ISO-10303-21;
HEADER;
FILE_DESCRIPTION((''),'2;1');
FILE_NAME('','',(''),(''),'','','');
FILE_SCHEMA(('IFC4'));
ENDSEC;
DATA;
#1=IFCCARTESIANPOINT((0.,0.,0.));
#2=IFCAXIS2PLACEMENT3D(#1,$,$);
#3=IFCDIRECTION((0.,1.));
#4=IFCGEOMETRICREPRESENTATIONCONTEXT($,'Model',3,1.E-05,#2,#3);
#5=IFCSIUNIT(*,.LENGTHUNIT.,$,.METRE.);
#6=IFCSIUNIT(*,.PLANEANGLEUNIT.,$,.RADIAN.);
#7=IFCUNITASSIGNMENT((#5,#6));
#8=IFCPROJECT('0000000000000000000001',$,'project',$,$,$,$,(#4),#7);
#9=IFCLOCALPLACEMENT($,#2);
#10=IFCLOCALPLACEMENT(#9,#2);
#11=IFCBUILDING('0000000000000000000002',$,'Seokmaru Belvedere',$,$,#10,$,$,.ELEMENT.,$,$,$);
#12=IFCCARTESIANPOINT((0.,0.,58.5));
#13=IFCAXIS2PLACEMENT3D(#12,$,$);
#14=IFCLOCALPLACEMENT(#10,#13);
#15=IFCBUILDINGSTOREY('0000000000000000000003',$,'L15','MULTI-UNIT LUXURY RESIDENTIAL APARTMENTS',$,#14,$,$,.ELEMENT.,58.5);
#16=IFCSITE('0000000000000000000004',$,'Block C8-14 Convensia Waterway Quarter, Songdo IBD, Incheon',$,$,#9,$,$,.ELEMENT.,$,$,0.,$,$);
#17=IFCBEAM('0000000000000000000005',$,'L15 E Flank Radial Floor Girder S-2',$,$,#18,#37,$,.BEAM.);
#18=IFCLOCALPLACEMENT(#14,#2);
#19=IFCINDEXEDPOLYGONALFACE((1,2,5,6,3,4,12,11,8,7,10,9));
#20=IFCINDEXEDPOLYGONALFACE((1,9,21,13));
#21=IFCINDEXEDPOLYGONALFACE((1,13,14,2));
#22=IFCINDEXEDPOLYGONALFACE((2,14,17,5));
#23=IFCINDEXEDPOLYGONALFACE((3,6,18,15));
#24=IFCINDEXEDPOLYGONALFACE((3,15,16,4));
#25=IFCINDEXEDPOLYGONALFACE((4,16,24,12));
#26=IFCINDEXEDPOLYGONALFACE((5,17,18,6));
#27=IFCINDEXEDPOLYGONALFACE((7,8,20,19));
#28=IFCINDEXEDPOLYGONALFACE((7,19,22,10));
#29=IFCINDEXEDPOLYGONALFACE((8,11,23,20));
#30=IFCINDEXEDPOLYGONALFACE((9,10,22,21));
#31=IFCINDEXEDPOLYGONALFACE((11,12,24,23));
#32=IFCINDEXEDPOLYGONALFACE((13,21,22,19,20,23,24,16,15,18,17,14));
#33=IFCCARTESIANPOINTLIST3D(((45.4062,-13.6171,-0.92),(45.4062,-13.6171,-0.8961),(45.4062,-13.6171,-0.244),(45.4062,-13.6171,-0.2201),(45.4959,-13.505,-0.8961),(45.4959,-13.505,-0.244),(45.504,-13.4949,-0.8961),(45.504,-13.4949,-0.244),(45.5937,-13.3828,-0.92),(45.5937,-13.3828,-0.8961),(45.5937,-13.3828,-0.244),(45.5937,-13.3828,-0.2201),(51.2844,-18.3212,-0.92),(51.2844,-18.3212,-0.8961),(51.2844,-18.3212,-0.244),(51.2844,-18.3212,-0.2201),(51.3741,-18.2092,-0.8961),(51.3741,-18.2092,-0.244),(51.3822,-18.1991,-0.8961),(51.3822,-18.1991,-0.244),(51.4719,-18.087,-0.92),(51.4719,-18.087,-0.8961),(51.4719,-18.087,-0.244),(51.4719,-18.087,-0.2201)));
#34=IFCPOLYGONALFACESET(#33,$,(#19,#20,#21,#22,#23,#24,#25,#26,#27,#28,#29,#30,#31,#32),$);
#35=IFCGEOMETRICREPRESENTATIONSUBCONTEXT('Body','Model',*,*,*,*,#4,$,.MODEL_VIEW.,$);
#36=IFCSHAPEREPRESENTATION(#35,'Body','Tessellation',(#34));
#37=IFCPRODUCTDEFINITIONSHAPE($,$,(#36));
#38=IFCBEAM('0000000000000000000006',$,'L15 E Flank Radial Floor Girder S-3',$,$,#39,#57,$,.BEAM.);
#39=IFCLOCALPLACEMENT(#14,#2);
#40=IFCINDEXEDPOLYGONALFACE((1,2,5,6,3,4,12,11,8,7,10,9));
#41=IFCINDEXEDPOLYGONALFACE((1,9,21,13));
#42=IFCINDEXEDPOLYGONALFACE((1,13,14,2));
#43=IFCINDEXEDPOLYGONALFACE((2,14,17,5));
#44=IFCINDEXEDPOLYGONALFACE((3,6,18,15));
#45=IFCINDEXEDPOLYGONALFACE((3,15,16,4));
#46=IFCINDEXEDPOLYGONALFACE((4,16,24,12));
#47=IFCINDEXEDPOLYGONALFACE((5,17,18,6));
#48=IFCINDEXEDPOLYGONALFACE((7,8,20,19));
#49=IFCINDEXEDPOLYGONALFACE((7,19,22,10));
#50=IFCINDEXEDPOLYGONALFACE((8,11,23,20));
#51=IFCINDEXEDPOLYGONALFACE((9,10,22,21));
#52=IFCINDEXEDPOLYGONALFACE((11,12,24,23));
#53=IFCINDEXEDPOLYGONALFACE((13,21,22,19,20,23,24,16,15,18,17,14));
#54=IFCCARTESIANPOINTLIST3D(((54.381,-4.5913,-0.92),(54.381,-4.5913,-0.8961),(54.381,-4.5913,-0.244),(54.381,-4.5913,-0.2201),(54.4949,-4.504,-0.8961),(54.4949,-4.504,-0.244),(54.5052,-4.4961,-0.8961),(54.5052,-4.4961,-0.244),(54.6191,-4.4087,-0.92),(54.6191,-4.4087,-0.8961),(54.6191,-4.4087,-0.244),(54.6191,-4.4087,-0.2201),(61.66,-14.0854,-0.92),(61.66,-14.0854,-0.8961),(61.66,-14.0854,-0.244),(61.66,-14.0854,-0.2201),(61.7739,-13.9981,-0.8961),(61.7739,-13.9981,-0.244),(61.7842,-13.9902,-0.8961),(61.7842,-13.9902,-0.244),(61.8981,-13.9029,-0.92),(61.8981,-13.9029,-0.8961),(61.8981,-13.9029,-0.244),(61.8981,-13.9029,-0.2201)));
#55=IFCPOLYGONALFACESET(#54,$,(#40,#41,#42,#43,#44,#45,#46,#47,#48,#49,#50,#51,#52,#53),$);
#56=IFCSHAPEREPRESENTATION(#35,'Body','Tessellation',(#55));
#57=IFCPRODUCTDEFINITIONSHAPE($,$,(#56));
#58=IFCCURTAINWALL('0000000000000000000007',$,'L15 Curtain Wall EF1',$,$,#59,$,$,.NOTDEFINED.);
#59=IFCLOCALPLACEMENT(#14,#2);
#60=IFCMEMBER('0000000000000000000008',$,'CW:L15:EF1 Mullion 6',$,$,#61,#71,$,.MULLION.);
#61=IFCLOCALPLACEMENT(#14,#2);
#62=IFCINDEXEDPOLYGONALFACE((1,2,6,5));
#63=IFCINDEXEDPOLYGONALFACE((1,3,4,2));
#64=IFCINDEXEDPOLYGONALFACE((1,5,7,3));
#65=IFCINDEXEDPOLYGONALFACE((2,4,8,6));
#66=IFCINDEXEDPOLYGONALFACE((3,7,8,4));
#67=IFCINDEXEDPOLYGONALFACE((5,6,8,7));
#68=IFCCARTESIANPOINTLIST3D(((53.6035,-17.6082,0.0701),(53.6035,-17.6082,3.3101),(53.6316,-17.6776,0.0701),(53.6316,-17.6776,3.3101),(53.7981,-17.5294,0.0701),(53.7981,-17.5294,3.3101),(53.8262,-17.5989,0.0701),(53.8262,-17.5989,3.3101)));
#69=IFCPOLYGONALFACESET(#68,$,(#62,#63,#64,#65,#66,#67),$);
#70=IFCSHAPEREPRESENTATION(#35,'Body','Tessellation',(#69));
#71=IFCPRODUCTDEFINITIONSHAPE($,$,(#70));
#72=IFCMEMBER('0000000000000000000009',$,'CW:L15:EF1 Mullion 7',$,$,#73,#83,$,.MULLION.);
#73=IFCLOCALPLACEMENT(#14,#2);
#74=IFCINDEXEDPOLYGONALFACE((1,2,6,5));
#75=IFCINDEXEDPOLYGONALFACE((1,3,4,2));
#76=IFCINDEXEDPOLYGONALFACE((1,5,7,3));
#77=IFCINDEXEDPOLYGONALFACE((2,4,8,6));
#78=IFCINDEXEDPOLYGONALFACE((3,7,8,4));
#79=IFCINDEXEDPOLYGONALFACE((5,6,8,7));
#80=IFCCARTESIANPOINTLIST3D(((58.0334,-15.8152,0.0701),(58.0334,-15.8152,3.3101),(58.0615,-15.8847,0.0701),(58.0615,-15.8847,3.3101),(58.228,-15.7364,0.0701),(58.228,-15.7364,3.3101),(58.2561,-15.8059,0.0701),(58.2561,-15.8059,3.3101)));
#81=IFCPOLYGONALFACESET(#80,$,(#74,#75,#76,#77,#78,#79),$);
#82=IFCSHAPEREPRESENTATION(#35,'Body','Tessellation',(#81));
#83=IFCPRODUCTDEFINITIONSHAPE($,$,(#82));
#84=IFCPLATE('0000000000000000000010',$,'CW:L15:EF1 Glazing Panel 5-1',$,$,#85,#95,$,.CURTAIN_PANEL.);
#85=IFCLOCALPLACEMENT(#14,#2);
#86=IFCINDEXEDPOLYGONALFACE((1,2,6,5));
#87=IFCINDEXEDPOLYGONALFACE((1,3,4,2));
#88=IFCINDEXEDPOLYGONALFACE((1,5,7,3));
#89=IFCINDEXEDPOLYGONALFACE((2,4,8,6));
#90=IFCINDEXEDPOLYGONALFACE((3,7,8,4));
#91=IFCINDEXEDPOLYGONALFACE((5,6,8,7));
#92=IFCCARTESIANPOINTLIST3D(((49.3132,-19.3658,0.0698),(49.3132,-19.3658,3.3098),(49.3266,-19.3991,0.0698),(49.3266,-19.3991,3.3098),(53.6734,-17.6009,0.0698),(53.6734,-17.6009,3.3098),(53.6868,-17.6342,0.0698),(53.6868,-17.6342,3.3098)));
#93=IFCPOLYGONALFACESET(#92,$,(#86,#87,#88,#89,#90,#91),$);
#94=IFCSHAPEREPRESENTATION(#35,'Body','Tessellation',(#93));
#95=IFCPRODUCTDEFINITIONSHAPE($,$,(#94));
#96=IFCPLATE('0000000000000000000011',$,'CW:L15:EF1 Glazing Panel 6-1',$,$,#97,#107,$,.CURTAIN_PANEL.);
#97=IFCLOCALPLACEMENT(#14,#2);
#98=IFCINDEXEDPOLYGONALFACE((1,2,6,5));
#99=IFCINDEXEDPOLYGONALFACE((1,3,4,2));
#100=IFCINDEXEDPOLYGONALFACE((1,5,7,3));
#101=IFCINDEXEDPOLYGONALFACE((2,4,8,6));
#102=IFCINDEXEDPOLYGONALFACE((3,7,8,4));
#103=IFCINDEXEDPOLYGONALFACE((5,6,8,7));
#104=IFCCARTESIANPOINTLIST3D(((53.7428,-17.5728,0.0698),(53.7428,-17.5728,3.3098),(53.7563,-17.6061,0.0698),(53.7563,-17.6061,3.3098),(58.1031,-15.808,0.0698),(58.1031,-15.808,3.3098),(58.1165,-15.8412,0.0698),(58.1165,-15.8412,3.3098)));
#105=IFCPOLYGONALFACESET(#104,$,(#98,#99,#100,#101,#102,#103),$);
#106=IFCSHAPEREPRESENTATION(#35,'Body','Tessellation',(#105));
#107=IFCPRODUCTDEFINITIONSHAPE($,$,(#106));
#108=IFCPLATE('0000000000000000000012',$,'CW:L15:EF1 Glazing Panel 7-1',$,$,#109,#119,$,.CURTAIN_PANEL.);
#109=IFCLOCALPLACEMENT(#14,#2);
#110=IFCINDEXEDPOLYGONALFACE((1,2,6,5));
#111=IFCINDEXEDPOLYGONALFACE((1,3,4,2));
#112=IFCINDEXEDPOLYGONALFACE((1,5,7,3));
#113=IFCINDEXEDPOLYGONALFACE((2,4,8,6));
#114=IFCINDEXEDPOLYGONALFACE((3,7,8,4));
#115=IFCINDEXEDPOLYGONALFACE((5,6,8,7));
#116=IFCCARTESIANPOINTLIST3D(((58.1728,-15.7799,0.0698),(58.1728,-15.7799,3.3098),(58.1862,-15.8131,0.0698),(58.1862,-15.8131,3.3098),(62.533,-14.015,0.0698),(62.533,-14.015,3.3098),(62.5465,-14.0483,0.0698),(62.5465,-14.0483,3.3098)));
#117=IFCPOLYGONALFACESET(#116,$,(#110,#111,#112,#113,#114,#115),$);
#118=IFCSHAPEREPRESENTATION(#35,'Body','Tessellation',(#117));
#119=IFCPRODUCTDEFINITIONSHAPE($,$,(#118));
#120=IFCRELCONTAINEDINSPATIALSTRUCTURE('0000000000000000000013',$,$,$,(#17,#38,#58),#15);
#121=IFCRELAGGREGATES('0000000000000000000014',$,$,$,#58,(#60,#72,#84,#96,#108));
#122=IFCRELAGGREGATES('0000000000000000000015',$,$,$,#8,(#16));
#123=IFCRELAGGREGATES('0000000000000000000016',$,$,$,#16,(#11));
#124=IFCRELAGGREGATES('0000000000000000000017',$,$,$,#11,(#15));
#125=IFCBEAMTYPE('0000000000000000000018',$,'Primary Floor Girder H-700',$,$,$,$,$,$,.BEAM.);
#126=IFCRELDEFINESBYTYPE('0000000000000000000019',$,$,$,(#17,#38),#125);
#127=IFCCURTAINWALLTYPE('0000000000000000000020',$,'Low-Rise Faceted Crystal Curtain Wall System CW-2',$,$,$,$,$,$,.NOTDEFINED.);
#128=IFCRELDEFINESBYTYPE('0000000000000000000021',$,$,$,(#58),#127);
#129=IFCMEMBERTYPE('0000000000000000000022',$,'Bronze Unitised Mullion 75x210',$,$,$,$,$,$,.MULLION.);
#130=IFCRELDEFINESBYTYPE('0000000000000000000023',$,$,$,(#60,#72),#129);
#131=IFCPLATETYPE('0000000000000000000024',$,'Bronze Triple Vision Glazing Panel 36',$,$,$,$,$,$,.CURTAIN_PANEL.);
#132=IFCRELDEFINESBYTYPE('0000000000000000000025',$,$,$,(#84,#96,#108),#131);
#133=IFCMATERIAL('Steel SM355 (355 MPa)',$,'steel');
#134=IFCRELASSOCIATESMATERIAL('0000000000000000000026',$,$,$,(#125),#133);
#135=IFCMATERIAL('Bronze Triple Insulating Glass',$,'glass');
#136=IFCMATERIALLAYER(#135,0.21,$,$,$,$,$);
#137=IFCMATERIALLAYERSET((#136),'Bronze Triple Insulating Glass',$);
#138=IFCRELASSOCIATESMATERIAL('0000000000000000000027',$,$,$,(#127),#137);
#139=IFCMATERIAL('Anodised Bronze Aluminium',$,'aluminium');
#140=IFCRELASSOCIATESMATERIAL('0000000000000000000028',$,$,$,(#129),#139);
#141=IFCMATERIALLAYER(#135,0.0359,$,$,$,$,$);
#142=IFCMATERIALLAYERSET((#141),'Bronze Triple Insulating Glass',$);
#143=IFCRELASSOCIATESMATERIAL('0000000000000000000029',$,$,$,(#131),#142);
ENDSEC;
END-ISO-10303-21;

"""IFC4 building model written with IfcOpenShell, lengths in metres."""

from ifc_helpers import new_model, si_unit, direction, frame, origin, origin_2d, place, context, subcontext, project, spatial, rectangle, i_section, extrude, source, transform, mapped, material, layer, layer_set, material_profile, profile_set, type_object, type_shapes, element, aggregate, save


model = new_model("IFC4")

# Units and contexts
model_context = context("Model", 3, precision=1e-05, world=origin(), true_north=direction((0.0, 1.0)))
body_context = subcontext(model_context, "Body", "Model", "MODEL_VIEW")
ifc_project = project(units=[si_unit("LENGTHUNIT", "METRE"), si_unit("PLANEANGLEUNIT", "RADIAN")], contexts=[model_context])

# Site, building, storey
site_placement = place(None, origin())
site = spatial("IfcSite", under=ifc_project, at=site_placement, Name="Block C8-14 Convensia Waterway Quarter, Songdo IBD, Incheon", CompositionType="ELEMENT", RefElevation=0.0)
building_placement = place(site_placement, origin())
building = spatial("IfcBuilding", under=site, at=building_placement, Name="Seokmaru Belvedere", CompositionType="ELEMENT")
storey_placement = place(building_placement, frame((0.0, 0.0, 58.5)))
storey = spatial("IfcBuildingStorey", under=building, at=storey_placement, Name="L15", Description="MULTI-UNIT LUXURY RESIDENTIAL APARTMENTS", CompositionType="ELEMENT", Elevation=58.5)

# Shared definitions
ifc_material_1 = material(Name="Steel SM355 (355 MPa)", Category="steel")

# Beams
ifc_material_profile_1 = material_profile(ifc_material_1, i_section(OverallWidth=0.3, OverallDepth=0.7, WebThickness=0.0129, FlangeThickness=0.0239, at=origin_2d()), Name="H-700x300x13x24")
ifc_profile_set_1 = profile_set([ifc_material_profile_1], Name="Steel SM355 (355 MPa)")
beam_type_1 = type_object("IfcBeamType", Name="Primary Floor Girder H-700", PredefinedType="BEAM", material=ifc_profile_set_1)
shared_shape_1 = source(origin(), body_context, "Body", "SweptSolid", [
    extrude(i_section(OverallWidth=0.3, OverallDepth=0.7, WebThickness=0.0129, FlangeThickness=0.0239, at=origin_2d()), origin(), (0.0, 0.0, 1.0), 7.5288),
])
beam_1_placement = place(storey_placement, frame((51.3782, -18.2041, -0.5701), z_axis=(-0.780768, 0.624822, 0.0), x_axis=(-0.624822, -0.780768, 0.0)))
element("IfcBeam", 1, at=beam_1_placement, inside=storey, type_object=beam_type_1, Name="L15 E Flank Radial Floor Girder S-2", PredefinedType="BEAM", context=body_context, shape_type="MappedRepresentation", body=[
    mapped(shared_shape_1, transform((0.0, 0.0, 0.0), scale=1.0)),
])
shared_shape_2 = source(origin(), body_context, "Body", "SweptSolid", [
    extrude(i_section(OverallWidth=0.3, OverallDepth=0.7, WebThickness=0.0129, FlangeThickness=0.0239, at=origin_2d()), origin(), (0.0, 0.0, 1.0), 11.9634),
])
beam_2_placement = place(storey_placement, frame((61.7791, -13.9941, -0.5701), z_axis=(-0.608443, 0.793598, 0.0), x_axis=(-0.793598, -0.608443, 0.0)))
element("IfcBeam", 2, at=beam_2_placement, inside=storey, type_object=beam_type_1, Name="L15 E Flank Radial Floor Girder S-3", PredefinedType="BEAM", context=body_context, shape_type="MappedRepresentation", body=[
    mapped(shared_shape_2, transform((0.0, 0.0, 0.0), scale=1.0)),
])

# Curtain wall, members, plates
ifc_material_2 = material(Name="Bronze Triple Insulating Glass", Category="glass")
ifc_layer_1 = layer(ifc_material_2, 0.21)
ifc_layer_set_1 = layer_set([ifc_layer_1], Name="Bronze Triple Insulating Glass")
curtain_wall_type = type_object("IfcCurtainWallType", Name="Low-Rise Faceted Crystal Curtain Wall System CW-2", PredefinedType="NOTDEFINED", material=ifc_layer_set_1)
curtain_wall_placement = place(storey_placement, origin())
curtain_wall = element("IfcCurtainWall", 3, at=curtain_wall_placement, inside=storey, type_object=curtain_wall_type, Name="L15 Curtain Wall EF1", PredefinedType="NOTDEFINED")
ifc_material_3 = material(Name="Anodised Bronze Aluminium", Category="aluminium")
ifc_material_profile_2 = material_profile(ifc_material_3, rectangle(XDim=0.075, YDim=0.21, at=origin_2d()), Name="CW-M-75x210")
ifc_profile_set_2 = profile_set([ifc_material_profile_2], Name="Anodised Bronze Aluminium")
member_type = type_object("IfcMemberType", Name="Bronze Unitised Mullion 75x210", PredefinedType="MULLION", material=ifc_profile_set_2)
shared_shape_3 = source(origin(), body_context, "Body", "SweptSolid", [
    extrude(rectangle(XDim=0.075, YDim=0.21, at=origin_2d()), origin(), (0.0, 0.0, 1.0), 3.24),
])
type_shapes(member_type, [shared_shape_3])
member_1_placement = place(storey_placement, frame((53.7148, -17.6035, 0.0701), z_axis=(0.0, 0.0, 1.0), x_axis=(-0.375192, 0.926947, 0.0)))
member_1 = element("IfcMember", 4, at=member_1_placement, type_object=member_type, Name="CW:L15:EF1 Mullion 6", PredefinedType="MULLION", context=body_context, shape_type="MappedRepresentation", body=[
    mapped(shared_shape_3, transform((0.0, 0.0, 0.0), scale=1.0)),
])
member_2_placement = place(storey_placement, frame((58.1448, -15.8105, 0.0701), z_axis=(0.0, 0.0, 1.0), x_axis=(-0.375192, 0.926947, 0.0)))
member_2 = element("IfcMember", 5, at=member_2_placement, type_object=member_type, Name="CW:L15:EF1 Mullion 7", PredefinedType="MULLION", context=body_context, shape_type="MappedRepresentation", body=[
    mapped(shared_shape_3, transform((0.0, 0.0, 0.0), scale=1.0)),
])
ifc_layer_2 = layer(ifc_material_2, 0.0359)
ifc_layer_set_2 = layer_set([ifc_layer_2], Name="Bronze Triple Insulating Glass")
plate_type = type_object("IfcPlateType", Name="Bronze Triple Vision Glazing Panel 36", PredefinedType="CURTAIN_PANEL", material=ifc_layer_set_2)
shared_shape_4 = source(origin(), body_context, "Body", "SweptSolid", [
    extrude(rectangle(XDim=4.7039, YDim=0.0359, at=origin_2d()), origin(), (0.0, 0.0, 1.0), 3.24),
])
type_shapes(plate_type, [shared_shape_4])
plate_1_placement = place(storey_placement, frame((51.5, -18.5, 0.0698), z_axis=(0.0, 0.0, 1.0), x_axis=(0.926947, 0.375192, 0.0)))
plate_1 = element("IfcPlate", 6, at=plate_1_placement, type_object=plate_type, Name="CW:L15:EF1 Glazing Panel 5-1", PredefinedType="CURTAIN_PANEL", context=body_context, shape_type="MappedRepresentation", body=[
    mapped(shared_shape_4, transform((0.0, 0.0, 0.0), scale=1.0)),
])
plate_2_placement = place(storey_placement, frame((55.9297, -16.707, 0.0698), z_axis=(0.0, 0.0, 1.0), x_axis=(0.926947, 0.375192, 0.0)))
plate_2 = element("IfcPlate", 7, at=plate_2_placement, type_object=plate_type, Name="CW:L15:EF1 Glazing Panel 6-1", PredefinedType="CURTAIN_PANEL", context=body_context, shape_type="MappedRepresentation", body=[
    mapped(shared_shape_4, transform((0.0, 0.0, 0.0), scale=1.0)),
])
plate_3_placement = place(storey_placement, frame((60.3596, -14.9141, 0.0698), z_axis=(0.0, 0.0, 1.0), x_axis=(0.926947, 0.375192, 0.0)))
plate_3 = element("IfcPlate", 8, at=plate_3_placement, type_object=plate_type, Name="CW:L15:EF1 Glazing Panel 7-1", PredefinedType="CURTAIN_PANEL", context=body_context, shape_type="MappedRepresentation", body=[
    mapped(shared_shape_4, transform((0.0, 0.0, 0.0), scale=1.0)),
])
aggregate(curtain_wall, [member_1, member_2, plate_1, plate_2, plate_3])

save(model, "model.ifc")
